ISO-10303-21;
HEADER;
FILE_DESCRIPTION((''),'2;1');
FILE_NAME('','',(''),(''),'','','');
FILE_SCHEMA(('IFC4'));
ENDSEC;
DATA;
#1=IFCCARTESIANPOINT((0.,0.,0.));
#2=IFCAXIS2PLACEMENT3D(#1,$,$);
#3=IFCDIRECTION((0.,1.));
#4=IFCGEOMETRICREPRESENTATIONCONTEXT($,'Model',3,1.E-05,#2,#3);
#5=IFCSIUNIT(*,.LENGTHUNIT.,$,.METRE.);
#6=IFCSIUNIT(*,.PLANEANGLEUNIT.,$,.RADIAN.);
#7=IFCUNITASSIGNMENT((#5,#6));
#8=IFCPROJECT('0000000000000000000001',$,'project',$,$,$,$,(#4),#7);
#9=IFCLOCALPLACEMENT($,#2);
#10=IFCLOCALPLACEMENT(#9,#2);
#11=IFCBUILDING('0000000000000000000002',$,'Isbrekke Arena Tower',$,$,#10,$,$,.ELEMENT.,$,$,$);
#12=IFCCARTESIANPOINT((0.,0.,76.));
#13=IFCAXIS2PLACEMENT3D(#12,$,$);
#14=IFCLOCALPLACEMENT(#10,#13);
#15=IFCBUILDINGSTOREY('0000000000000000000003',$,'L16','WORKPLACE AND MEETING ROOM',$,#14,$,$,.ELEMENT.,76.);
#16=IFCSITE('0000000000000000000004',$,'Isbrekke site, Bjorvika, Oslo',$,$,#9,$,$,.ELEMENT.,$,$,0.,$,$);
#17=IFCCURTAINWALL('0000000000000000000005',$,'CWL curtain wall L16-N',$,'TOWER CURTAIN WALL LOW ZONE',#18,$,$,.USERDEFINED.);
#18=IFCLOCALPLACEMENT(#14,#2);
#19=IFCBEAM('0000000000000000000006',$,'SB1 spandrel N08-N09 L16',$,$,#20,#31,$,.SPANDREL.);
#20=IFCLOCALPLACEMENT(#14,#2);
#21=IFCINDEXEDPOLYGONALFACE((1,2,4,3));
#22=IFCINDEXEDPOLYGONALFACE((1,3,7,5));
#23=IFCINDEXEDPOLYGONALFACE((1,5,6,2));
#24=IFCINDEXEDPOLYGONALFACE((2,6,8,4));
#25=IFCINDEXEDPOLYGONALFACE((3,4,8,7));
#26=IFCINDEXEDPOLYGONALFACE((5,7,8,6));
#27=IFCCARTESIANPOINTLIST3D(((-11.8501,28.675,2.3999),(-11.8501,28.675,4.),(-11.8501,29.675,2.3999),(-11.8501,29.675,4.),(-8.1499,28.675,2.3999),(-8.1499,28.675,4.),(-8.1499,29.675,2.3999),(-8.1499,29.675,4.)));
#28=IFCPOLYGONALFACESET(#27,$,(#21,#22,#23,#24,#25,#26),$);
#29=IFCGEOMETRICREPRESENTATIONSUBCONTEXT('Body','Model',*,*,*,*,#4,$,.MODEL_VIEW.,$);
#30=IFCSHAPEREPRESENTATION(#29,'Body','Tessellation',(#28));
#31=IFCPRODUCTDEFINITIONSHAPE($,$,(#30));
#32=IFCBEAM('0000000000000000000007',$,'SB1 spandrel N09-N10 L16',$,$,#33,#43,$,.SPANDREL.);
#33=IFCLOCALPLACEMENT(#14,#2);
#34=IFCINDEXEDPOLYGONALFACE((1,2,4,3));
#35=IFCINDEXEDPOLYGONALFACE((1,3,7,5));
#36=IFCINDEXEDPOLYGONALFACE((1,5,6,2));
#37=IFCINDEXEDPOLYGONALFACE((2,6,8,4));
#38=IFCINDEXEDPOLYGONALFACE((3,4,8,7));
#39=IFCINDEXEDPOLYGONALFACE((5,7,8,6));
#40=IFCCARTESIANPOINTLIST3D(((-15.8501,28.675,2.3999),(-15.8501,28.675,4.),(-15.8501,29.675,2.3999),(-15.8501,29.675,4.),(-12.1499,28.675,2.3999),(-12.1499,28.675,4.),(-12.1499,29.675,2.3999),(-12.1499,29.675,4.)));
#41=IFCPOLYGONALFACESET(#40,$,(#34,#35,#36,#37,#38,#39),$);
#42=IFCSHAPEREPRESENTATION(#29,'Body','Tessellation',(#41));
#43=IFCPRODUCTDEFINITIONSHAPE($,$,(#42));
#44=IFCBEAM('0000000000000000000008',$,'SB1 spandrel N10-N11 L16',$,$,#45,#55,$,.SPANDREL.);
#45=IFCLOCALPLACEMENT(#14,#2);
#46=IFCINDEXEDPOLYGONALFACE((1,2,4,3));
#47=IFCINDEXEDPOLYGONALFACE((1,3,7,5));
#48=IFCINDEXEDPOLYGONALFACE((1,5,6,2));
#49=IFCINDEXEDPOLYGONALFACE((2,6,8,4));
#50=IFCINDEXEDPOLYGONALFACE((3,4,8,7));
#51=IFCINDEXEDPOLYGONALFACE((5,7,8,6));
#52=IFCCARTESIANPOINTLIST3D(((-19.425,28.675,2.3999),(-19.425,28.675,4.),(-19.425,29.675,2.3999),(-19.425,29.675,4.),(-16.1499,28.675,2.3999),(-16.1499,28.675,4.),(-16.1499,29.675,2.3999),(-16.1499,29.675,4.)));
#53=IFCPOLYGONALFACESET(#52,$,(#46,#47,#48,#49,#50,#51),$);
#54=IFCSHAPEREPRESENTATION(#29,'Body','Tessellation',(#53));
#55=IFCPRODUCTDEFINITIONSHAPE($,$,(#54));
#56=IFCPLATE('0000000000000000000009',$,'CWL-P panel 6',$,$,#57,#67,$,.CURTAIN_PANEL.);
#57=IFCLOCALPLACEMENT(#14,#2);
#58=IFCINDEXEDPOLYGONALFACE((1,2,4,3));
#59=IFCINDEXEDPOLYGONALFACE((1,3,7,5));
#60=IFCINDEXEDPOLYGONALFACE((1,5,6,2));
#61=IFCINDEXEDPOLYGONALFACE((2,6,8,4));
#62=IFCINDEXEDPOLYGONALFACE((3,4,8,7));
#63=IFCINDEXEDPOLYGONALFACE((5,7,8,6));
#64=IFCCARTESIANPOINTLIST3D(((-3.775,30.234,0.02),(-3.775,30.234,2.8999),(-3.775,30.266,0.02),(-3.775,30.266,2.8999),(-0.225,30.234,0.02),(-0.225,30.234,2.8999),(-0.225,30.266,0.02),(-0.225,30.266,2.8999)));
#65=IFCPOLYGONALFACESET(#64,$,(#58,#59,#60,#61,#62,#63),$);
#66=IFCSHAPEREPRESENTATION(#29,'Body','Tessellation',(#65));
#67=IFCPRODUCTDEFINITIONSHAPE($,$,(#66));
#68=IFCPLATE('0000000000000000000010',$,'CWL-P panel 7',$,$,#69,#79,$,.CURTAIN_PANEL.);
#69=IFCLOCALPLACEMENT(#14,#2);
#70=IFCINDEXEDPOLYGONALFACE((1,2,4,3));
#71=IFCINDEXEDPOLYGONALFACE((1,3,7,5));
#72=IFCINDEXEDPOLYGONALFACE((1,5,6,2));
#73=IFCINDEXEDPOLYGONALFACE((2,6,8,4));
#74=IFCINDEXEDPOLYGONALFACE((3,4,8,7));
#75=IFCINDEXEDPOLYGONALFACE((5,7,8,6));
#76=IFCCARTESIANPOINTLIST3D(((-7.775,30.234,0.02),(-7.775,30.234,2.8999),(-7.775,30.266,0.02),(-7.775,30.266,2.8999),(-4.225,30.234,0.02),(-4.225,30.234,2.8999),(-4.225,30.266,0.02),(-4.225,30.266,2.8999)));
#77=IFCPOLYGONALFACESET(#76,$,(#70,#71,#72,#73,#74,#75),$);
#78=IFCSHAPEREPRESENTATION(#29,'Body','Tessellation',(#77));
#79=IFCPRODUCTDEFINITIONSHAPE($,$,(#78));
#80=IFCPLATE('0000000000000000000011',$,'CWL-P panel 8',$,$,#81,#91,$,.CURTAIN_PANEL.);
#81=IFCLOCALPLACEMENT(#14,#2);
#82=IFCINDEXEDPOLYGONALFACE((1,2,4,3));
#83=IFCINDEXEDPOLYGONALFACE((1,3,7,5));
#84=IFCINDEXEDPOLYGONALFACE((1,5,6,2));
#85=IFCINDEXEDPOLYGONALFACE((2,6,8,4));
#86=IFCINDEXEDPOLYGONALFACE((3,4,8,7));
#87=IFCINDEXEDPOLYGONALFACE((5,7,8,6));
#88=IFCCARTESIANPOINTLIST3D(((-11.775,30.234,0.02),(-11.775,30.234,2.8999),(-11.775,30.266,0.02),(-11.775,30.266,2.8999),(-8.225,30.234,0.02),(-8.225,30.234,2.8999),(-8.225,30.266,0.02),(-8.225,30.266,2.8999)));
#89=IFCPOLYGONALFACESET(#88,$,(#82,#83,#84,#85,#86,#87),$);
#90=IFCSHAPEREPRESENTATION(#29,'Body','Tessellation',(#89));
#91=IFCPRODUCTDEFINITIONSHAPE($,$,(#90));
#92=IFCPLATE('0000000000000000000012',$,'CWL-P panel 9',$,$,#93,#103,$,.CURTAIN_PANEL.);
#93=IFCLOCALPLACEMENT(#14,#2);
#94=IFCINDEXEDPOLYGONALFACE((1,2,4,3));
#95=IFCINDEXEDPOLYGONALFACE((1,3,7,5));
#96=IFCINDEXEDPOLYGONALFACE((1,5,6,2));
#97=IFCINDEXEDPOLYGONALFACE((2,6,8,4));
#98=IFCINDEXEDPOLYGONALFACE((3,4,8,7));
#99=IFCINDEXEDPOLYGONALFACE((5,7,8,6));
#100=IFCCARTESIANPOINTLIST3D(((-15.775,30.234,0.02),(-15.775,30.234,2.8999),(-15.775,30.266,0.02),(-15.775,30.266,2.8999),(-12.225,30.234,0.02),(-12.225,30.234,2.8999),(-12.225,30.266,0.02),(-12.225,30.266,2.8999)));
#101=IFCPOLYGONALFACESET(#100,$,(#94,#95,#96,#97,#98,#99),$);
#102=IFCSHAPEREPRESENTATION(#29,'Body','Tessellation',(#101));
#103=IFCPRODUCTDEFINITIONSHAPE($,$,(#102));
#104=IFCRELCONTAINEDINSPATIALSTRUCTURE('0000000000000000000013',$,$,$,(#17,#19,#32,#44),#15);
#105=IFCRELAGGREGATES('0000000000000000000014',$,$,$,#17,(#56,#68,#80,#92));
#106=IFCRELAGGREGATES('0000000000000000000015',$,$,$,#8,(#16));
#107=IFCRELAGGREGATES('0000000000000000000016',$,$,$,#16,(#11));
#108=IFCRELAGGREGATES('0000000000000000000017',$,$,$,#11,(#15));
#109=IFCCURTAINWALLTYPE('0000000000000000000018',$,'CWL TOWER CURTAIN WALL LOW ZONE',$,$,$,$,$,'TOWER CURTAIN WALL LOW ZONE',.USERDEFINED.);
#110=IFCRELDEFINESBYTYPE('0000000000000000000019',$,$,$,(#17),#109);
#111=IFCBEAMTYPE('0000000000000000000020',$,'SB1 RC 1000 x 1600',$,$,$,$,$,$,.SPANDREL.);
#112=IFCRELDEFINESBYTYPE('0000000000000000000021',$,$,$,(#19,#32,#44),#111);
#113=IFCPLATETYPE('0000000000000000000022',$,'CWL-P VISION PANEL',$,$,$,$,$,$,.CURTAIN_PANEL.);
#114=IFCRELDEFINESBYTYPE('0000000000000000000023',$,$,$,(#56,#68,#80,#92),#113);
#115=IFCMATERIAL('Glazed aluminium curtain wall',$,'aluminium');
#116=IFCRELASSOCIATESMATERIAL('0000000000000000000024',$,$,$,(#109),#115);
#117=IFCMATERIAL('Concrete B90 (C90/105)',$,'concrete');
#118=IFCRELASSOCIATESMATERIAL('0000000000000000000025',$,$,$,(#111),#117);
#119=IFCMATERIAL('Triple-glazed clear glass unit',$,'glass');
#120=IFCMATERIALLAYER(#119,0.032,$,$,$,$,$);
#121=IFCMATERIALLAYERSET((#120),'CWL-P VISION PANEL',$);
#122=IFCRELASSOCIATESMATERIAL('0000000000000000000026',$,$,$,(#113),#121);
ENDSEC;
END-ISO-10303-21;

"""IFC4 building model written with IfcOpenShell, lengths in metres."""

from ifc_helpers import new_model, si_unit, direction, frame, origin, origin_2d, place, context, subcontext, project, spatial, rectangle, extrude, material, layer, layer_set, material_profile, profile_set, type_object, element, aggregate, save


model = new_model("IFC4")

# Units and contexts
model_context = context("Model", 3, precision=1e-05, world=origin(), true_north=direction((0.0, 1.0)))
body_context = subcontext(model_context, "Body", "Model", "MODEL_VIEW")
ifc_project = project(units=[si_unit("LENGTHUNIT", "METRE"), si_unit("PLANEANGLEUNIT", "RADIAN")], contexts=[model_context])

# Site, building, storey
site_placement = place(None, origin())
site = spatial("IfcSite", under=ifc_project, at=site_placement, Name="Isbrekke site, Bjorvika, Oslo", CompositionType="ELEMENT", RefElevation=0.0)
building_placement = place(site_placement, origin())
building = spatial("IfcBuilding", under=site, at=building_placement, Name="Isbrekke Arena Tower", CompositionType="ELEMENT")
storey_placement = place(building_placement, frame((0.0, 0.0, 76.0)))
storey = spatial("IfcBuildingStorey", under=building, at=storey_placement, Name="L16", Description="WORKPLACE AND MEETING ROOM", CompositionType="ELEMENT", Elevation=76.0)

# Curtain wall
ifc_material_1 = material(Name="Glazed aluminium curtain wall", Category="aluminium")
curtain_wall_type = type_object("IfcCurtainWallType", Name="CWL TOWER CURTAIN WALL LOW ZONE", ElementType="TOWER CURTAIN WALL LOW ZONE", PredefinedType="USERDEFINED", material=ifc_material_1)
curtain_wall_placement = place(storey_placement, origin())
curtain_wall = element("IfcCurtainWall", 1, at=curtain_wall_placement, inside=storey, type_object=curtain_wall_type, Name="CWL curtain wall L16-N", ObjectType="TOWER CURTAIN WALL LOW ZONE", PredefinedType="USERDEFINED")

# Beams
ifc_material_2 = material(Name="Concrete B90 (C90/105)", Category="concrete")
ifc_material_profile_1 = material_profile(ifc_material_2, rectangle(XDim=1.0, YDim=1.6001, at=origin_2d()), Name="RC 1000x1600")
ifc_profile_set_1 = profile_set([ifc_material_profile_1], Name="Concrete B90 (C90/105)")
beam_type_1 = type_object("IfcBeamType", Name="SB1 RC 1000 x 1600", PredefinedType="SPANDREL", material=ifc_profile_set_1)
for number, where, z_axis, x_axis, name in (
    (2, (-8.1499, 29.175, 3.2), (-1.0, 0.0, 0.0), (0.0, -1.0, 0.0), "SB1 spandrel N08-N09 L16"),
    (3, (-12.1499, 29.175, 3.2), (-1.0, 0.0, 0.0), (0.0, -1.0, 0.0), "SB1 spandrel N09-N10 L16"),
):
    element("IfcBeam", number, at=place(storey_placement, frame(where, z_axis=z_axis, x_axis=x_axis)), inside=storey, type_object=beam_type_1, Name=name, PredefinedType="SPANDREL", context=body_context, shape_type="SweptSolid", body=[
        extrude(rectangle(XDim=1.0, YDim=1.6001, at=origin_2d()), origin(), (0.0, 0.0, 1.0), 3.7002),
    ])
beam_1_placement = place(storey_placement, frame((-16.1499, 29.175, 3.2), z_axis=(-1.0, 0.0, 0.0), x_axis=(0.0, -1.0, 0.0)))
element("IfcBeam", 4, at=beam_1_placement, inside=storey, type_object=beam_type_1, Name="SB1 spandrel N10-N11 L16", PredefinedType="SPANDREL", context=body_context, shape_type="SweptSolid", body=[
    extrude(rectangle(XDim=1.0, YDim=1.6001, at=origin_2d()), origin(), (0.0, 0.0, 1.0), 3.2751),
])

# Plates
ifc_material_3 = material(Name="Triple-glazed clear glass unit", Category="glass")
ifc_layer = layer(ifc_material_3, 0.032)
ifc_layer_set = layer_set([ifc_layer], Name="CWL-P VISION PANEL")
plate_type = type_object("IfcPlateType", Name="CWL-P VISION PANEL", PredefinedType="CURTAIN_PANEL", material=ifc_layer_set)
plate_1_placement = place(storey_placement, frame((-2.0, 30.25, 0.02), z_axis=(0.0, 0.0, 1.0), x_axis=(-1.0, 0.0, 0.0)))
plate_1 = element("IfcPlate", 5, at=plate_1_placement, type_object=plate_type, Name="CWL-P panel 6", PredefinedType="CURTAIN_PANEL", context=body_context, shape_type="SweptSolid", body=[
    extrude(rectangle(XDim=3.55, YDim=0.032, at=origin_2d()), origin(), (0.0, 0.0, 1.0), 2.8799),
])
plate_2_placement = place(storey_placement, frame((-6.0, 30.25, 0.02), z_axis=(0.0, 0.0, 1.0), x_axis=(-1.0, 0.0, 0.0)))
plate_2 = element("IfcPlate", 6, at=plate_2_placement, type_object=plate_type, Name="CWL-P panel 7", PredefinedType="CURTAIN_PANEL", context=body_context, shape_type="SweptSolid", body=[
    extrude(rectangle(XDim=3.55, YDim=0.032, at=origin_2d()), origin(), (0.0, 0.0, 1.0), 2.8799),
])
plate_3_placement = place(storey_placement, frame((-10.0, 30.25, 0.02), z_axis=(0.0, 0.0, 1.0), x_axis=(-1.0, 0.0, 0.0)))
plate_3 = element("IfcPlate", 7, at=plate_3_placement, type_object=plate_type, Name="CWL-P panel 8", PredefinedType="CURTAIN_PANEL", context=body_context, shape_type="SweptSolid", body=[
    extrude(rectangle(XDim=3.55, YDim=0.032, at=origin_2d()), origin(), (0.0, 0.0, 1.0), 2.8799),
])
plate_4_placement = place(storey_placement, frame((-14.0, 30.25, 0.02), z_axis=(0.0, 0.0, 1.0), x_axis=(-1.0, 0.0, 0.0)))
plate_4 = element("IfcPlate", 8, at=plate_4_placement, type_object=plate_type, Name="CWL-P panel 9", PredefinedType="CURTAIN_PANEL", context=body_context, shape_type="SweptSolid", body=[
    extrude(rectangle(XDim=3.55, YDim=0.032, at=origin_2d()), origin(), (0.0, 0.0, 1.0), 2.8799),
])
aggregate(curtain_wall, [plate_1, plate_2, plate_3, plate_4])

save(model, "model.ifc")
